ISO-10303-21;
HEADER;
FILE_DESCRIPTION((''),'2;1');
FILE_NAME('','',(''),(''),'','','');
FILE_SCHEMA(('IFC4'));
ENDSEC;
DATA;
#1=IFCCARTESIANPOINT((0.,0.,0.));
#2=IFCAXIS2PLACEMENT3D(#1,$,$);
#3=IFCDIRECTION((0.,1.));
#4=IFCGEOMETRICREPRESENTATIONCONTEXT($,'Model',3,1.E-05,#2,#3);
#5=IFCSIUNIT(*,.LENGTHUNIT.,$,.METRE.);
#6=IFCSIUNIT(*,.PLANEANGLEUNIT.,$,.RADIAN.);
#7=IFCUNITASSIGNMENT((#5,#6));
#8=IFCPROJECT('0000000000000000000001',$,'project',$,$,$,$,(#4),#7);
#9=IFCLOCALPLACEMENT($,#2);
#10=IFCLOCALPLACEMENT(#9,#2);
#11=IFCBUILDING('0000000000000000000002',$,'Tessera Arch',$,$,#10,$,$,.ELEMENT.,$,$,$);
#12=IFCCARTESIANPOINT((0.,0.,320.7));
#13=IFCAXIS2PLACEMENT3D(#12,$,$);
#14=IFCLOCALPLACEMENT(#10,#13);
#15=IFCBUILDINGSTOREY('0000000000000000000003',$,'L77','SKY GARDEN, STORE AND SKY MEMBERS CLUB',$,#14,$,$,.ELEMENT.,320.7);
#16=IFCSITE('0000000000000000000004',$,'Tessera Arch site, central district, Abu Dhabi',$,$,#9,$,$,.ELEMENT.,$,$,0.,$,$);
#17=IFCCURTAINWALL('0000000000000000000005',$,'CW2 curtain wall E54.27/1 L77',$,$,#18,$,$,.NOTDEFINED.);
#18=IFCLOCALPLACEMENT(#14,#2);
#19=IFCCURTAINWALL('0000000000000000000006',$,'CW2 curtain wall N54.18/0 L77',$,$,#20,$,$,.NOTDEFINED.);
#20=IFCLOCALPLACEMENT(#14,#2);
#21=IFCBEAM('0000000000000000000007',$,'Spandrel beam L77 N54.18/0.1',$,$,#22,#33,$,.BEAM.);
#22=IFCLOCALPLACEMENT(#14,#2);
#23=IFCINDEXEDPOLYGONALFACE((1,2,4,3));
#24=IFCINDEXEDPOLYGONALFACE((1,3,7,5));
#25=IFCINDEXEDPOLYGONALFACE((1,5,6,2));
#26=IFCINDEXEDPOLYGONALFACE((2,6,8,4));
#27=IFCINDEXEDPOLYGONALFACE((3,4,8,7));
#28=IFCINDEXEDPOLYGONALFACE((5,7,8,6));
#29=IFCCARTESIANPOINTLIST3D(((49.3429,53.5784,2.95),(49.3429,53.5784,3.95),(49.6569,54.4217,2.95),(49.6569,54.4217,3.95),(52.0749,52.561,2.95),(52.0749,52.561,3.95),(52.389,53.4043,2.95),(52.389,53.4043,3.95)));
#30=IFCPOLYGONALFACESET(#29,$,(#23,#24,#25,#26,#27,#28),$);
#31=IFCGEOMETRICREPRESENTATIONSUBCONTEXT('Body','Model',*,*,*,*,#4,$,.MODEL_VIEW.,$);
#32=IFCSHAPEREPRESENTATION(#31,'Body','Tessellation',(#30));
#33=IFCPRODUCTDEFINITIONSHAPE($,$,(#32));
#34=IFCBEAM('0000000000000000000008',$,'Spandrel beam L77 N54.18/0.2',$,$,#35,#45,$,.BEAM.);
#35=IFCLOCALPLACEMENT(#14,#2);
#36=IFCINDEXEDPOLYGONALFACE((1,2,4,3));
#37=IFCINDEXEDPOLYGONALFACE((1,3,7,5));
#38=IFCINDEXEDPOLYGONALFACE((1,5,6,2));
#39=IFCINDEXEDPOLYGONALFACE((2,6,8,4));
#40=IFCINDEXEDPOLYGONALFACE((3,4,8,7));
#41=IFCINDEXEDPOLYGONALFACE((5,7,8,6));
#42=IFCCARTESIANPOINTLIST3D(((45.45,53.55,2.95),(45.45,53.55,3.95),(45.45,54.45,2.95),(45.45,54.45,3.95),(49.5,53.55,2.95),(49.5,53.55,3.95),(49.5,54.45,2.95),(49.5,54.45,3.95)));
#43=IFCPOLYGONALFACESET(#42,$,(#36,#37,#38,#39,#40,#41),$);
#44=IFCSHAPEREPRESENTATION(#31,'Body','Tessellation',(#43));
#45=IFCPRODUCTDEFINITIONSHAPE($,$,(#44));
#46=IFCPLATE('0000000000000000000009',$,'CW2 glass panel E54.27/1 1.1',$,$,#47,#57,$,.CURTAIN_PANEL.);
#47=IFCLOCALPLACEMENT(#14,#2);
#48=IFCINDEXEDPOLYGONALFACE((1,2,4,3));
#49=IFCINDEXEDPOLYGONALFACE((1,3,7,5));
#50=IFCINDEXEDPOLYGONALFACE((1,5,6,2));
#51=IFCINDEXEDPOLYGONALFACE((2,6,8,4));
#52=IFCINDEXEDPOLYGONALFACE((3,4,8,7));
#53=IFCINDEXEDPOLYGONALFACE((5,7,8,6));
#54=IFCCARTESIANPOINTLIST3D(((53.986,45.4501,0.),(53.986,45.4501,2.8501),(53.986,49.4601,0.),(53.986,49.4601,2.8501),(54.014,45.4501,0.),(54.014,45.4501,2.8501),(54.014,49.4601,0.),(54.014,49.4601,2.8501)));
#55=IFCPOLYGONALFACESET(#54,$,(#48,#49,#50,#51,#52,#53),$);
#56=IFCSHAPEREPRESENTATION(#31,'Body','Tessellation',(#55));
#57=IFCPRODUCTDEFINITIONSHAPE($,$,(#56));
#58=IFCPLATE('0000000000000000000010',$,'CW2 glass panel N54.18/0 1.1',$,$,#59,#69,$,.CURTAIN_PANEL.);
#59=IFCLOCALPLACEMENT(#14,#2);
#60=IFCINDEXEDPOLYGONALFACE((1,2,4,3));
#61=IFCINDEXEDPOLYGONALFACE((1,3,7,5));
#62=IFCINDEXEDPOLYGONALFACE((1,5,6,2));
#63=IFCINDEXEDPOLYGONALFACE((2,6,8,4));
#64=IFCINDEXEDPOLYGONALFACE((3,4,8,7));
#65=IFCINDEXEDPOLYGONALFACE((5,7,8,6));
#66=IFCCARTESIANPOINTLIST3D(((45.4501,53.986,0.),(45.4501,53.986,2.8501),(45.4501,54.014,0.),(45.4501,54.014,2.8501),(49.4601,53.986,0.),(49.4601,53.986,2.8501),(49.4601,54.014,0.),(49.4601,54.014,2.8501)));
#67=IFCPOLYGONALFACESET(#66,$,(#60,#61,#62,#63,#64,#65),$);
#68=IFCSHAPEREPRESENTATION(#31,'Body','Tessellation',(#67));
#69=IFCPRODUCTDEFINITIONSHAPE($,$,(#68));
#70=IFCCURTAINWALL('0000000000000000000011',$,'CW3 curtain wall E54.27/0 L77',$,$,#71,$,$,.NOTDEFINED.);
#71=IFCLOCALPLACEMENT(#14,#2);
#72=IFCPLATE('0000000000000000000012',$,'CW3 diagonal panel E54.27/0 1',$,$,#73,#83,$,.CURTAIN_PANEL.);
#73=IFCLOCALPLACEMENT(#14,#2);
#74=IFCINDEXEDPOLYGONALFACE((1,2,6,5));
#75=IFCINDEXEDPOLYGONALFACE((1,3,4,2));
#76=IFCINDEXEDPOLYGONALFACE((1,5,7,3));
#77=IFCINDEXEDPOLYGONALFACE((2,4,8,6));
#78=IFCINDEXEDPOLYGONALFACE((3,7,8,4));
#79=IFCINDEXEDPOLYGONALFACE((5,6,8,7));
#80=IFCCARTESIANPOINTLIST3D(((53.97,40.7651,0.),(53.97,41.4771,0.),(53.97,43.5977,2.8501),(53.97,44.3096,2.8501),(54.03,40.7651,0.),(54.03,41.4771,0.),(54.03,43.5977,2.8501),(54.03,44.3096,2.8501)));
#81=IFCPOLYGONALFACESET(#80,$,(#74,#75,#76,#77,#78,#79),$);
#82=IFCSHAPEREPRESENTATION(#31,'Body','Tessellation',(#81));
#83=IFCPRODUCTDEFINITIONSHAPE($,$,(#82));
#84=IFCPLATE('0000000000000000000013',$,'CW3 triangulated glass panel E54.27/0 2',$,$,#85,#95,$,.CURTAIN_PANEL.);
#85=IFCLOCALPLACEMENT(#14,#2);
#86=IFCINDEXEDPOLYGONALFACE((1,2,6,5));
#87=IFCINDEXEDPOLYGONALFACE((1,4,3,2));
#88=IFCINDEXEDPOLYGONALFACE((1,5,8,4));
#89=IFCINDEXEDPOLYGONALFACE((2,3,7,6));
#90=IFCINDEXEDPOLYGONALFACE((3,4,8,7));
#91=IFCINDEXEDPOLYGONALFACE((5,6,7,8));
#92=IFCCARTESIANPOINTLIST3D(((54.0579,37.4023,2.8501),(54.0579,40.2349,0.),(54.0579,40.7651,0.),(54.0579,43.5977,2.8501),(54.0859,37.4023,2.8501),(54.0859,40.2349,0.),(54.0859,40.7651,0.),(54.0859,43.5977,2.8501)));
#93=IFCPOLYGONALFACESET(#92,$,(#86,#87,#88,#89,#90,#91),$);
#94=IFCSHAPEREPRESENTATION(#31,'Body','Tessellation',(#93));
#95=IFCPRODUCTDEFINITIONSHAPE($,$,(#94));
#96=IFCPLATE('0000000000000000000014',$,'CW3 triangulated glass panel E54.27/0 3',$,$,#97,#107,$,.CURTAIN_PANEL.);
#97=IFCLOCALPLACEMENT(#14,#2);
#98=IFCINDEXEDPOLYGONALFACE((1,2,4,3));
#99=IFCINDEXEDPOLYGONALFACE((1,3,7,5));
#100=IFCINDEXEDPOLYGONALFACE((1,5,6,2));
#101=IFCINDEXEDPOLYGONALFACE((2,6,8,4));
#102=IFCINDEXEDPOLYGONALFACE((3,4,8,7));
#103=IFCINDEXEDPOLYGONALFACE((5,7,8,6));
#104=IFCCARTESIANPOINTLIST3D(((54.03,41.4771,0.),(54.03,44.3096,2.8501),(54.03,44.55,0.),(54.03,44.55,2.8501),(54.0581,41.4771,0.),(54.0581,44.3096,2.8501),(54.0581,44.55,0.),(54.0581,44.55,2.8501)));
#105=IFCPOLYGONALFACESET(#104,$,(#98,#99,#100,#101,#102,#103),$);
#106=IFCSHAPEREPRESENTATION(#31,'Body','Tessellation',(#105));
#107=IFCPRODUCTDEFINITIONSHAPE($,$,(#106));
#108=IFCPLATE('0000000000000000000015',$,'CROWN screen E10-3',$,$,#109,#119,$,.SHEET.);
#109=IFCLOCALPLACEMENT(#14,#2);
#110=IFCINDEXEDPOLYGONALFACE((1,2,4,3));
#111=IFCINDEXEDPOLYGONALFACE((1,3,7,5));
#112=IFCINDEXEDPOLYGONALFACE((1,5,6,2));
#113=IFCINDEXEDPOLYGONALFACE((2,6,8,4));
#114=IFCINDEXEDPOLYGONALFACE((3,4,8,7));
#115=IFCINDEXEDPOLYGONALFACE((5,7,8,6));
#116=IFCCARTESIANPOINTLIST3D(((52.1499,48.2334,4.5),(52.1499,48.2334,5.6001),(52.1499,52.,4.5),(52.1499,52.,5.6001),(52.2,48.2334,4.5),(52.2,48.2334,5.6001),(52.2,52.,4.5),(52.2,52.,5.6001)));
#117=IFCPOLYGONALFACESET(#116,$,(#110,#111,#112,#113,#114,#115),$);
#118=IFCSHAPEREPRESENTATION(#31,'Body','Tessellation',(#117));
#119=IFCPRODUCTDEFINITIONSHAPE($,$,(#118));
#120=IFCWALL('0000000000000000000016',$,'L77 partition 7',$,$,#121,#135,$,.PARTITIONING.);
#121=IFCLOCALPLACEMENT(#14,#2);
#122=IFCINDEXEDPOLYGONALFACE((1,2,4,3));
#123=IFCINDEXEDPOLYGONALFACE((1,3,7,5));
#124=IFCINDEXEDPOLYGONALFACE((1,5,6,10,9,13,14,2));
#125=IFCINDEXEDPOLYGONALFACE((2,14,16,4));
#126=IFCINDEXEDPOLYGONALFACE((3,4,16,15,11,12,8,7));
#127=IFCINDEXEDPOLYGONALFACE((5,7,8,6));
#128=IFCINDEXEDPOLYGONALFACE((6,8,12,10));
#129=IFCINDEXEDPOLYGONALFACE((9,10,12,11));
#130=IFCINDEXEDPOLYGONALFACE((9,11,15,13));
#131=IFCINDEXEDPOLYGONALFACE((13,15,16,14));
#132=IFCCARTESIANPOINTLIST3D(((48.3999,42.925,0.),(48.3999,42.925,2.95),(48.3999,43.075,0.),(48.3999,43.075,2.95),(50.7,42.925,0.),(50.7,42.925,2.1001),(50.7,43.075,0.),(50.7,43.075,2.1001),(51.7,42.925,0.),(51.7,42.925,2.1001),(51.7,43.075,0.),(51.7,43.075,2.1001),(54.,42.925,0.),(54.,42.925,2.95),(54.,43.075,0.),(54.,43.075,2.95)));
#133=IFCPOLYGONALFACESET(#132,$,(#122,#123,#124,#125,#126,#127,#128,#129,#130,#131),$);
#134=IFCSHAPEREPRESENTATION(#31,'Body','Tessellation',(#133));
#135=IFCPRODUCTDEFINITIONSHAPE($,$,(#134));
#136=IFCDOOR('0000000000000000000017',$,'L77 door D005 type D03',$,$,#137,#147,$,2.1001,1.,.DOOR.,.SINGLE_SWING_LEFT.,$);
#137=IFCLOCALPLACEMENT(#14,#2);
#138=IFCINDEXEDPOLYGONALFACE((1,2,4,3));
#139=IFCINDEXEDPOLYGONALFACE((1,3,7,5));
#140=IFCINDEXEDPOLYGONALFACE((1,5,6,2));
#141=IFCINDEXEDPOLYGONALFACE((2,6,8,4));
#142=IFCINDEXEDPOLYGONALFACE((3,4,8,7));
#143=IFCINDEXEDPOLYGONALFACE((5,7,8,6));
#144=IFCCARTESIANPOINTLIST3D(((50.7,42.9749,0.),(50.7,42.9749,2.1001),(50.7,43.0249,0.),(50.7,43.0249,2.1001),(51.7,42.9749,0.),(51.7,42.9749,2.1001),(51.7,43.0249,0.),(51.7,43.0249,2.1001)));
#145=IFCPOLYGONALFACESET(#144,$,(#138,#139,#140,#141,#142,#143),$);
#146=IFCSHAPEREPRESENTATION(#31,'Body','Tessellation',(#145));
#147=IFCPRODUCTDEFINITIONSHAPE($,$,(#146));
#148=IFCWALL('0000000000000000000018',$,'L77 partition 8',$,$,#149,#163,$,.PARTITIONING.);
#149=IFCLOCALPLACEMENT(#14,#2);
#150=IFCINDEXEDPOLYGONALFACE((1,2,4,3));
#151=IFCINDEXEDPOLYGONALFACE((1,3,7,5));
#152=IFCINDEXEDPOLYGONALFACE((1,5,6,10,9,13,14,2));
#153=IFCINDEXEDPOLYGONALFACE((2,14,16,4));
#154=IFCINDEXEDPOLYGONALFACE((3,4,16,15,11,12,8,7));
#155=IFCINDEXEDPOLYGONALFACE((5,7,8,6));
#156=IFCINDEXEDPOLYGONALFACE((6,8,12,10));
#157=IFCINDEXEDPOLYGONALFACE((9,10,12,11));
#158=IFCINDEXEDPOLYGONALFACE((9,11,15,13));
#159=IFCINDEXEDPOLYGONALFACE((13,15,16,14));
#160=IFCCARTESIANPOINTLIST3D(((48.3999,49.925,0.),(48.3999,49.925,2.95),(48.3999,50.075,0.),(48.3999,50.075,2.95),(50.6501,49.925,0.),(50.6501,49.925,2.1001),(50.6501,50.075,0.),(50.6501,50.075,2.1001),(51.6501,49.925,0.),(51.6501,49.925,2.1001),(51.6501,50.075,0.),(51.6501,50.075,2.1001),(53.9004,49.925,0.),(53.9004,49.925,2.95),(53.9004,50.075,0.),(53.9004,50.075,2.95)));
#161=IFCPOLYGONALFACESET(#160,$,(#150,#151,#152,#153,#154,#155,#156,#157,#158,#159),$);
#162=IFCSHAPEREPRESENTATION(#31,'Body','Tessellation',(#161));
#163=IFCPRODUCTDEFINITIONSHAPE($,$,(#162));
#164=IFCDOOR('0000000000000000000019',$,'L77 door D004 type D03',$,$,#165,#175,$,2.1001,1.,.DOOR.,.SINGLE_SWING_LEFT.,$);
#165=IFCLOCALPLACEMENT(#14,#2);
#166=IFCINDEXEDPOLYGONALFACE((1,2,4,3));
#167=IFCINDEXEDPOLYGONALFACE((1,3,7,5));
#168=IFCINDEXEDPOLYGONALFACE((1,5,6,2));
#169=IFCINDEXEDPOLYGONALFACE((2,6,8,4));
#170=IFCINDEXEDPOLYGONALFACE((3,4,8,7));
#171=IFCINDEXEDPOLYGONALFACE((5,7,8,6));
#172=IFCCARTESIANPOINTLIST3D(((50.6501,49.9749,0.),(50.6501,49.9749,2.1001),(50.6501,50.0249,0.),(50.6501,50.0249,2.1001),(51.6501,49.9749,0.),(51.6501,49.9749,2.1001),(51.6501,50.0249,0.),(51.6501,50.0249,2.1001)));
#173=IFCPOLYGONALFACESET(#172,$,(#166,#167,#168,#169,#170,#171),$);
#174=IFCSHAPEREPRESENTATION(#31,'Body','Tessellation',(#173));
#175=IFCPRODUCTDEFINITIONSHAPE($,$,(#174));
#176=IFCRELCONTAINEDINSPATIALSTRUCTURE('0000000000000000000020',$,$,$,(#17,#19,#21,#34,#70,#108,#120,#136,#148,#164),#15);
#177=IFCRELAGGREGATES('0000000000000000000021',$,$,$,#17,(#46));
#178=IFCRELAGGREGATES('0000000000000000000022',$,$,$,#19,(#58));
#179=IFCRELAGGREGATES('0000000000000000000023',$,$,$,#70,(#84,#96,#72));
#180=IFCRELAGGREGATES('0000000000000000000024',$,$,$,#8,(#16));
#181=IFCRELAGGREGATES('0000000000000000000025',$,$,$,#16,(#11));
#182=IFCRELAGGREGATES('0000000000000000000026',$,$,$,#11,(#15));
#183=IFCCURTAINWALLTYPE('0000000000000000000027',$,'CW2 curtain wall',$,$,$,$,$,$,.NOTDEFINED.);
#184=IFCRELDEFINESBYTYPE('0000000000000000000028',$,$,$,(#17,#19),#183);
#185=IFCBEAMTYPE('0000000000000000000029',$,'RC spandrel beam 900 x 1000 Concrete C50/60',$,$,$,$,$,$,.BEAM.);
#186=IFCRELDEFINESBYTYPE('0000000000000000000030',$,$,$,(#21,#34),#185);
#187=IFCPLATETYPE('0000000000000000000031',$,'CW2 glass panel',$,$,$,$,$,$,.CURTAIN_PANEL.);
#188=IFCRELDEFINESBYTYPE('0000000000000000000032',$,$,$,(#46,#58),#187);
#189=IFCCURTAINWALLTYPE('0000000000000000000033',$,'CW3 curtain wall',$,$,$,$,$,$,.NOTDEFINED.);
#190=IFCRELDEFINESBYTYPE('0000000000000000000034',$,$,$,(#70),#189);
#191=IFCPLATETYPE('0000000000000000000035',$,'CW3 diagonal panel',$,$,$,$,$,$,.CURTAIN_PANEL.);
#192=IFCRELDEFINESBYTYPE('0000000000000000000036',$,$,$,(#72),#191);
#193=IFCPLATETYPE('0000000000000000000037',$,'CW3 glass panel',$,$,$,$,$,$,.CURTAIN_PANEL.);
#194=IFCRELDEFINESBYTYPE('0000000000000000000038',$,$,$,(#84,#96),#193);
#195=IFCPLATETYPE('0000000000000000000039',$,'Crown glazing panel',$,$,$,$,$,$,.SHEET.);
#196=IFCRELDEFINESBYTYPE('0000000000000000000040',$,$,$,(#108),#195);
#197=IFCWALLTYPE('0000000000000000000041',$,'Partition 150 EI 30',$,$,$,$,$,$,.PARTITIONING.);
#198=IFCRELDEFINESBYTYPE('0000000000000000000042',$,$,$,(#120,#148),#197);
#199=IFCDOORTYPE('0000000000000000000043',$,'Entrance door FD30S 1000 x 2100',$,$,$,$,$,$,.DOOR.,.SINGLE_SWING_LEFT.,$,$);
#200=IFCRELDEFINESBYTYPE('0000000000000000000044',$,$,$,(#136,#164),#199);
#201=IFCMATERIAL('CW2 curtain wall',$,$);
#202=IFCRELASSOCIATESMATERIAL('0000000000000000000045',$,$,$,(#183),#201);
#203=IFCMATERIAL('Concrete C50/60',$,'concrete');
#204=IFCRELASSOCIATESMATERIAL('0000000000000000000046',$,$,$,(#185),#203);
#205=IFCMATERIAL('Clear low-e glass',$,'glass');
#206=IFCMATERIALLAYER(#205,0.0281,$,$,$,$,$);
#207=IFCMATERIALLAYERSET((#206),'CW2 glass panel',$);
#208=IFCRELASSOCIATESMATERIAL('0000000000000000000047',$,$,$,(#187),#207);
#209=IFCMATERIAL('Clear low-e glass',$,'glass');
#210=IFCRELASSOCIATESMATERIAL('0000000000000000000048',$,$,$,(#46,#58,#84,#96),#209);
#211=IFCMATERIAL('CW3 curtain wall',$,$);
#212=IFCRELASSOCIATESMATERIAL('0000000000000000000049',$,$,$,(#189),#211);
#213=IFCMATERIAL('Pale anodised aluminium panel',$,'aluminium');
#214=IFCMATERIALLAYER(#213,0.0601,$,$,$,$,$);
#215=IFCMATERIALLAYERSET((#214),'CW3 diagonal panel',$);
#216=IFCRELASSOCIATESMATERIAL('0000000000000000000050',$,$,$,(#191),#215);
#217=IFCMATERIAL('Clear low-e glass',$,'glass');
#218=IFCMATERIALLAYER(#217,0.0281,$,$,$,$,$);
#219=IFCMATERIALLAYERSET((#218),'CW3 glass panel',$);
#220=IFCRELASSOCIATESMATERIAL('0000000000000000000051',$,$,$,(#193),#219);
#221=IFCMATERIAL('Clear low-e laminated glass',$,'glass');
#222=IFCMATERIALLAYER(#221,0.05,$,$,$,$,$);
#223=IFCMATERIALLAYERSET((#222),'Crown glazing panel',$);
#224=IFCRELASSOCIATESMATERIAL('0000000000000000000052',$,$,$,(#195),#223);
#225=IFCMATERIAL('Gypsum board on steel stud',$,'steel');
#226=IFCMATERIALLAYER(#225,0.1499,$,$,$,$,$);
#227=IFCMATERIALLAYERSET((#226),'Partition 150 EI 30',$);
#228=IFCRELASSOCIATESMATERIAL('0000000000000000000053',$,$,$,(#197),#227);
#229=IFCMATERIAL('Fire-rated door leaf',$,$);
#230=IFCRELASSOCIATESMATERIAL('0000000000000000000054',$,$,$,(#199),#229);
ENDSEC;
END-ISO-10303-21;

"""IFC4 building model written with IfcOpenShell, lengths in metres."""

from ifc_helpers import new_model, si_unit, direction, frame, frame_2d, origin, origin_2d, place, context, subcontext, project, spatial, polyline, rectangle, outline, extrude, material, layer, layer_set, material_profile, profile_set, type_object, element, fill, aggregate, save


model = new_model("IFC4")

# Units and contexts
model_context = context("Model", 3, precision=1e-05, world=origin(), true_north=direction((0.0, 1.0)))
body_context = subcontext(model_context, "Body", "Model", "MODEL_VIEW")
ifc_project = project(units=[si_unit("LENGTHUNIT", "METRE"), si_unit("PLANEANGLEUNIT", "RADIAN")], contexts=[model_context])

# Site, building, storey
site_placement = place(None, origin())
site = spatial("IfcSite", under=ifc_project, at=site_placement, Name="Tessera Arch site, central district, Abu Dhabi", CompositionType="ELEMENT", RefElevation=0.0)
building_placement = place(site_placement, origin())
building = spatial("IfcBuilding", under=site, at=building_placement, Name="Tessera Arch", CompositionType="ELEMENT")
storey_placement = place(building_placement, frame((0.0, 0.0, 320.7)))
storey = spatial("IfcBuildingStorey", under=building, at=storey_placement, Name="L77", Description="SKY GARDEN, STORE AND SKY MEMBERS CLUB", CompositionType="ELEMENT", Elevation=320.7)

# Curtain walls
ifc_material_1 = material(Name="CW2 curtain wall")
curtain_wall_type_1 = type_object("IfcCurtainWallType", Name="CW2 curtain wall", PredefinedType="NOTDEFINED", material=ifc_material_1)
curtain_wall_1_placement = place(storey_placement, origin())
curtain_wall_1 = element("IfcCurtainWall", 1, at=curtain_wall_1_placement, inside=storey, type_object=curtain_wall_type_1, Name="CW2 curtain wall E54.27/1 L77", PredefinedType="NOTDEFINED")
curtain_wall_2_placement = place(storey_placement, origin())
curtain_wall_2 = element("IfcCurtainWall", 2, at=curtain_wall_2_placement, inside=storey, type_object=curtain_wall_type_1, Name="CW2 curtain wall N54.18/0 L77", PredefinedType="NOTDEFINED")

# Beams
ifc_material_2 = material(Name="Concrete C50/60", Category="concrete")
ifc_material_profile_1 = material_profile(ifc_material_2, rectangle(XDim=0.8999, YDim=1.0, at=origin_2d()), Name="RC spandrel beam 900 x 1000 Concrete C50/60")
ifc_profile_set_1 = profile_set([ifc_material_profile_1], Name="Concrete C50/60")
beam_type = type_object("IfcBeamType", Name="RC spandrel beam 900 x 1000 Concrete C50/60", PredefinedType="BEAM", material=ifc_profile_set_1)
for number, where, z_axis, x_axis, name in (
    (3, (52.2319, 52.9827, 3.45), (-0.937132, 0.348975, 0.0), (-0.348975, -0.937132, 0.0), "Spandrel beam L77 N54.18/0.1"),
):
    element("IfcBeam", number, at=place(storey_placement, frame(where, z_axis=z_axis, x_axis=x_axis)), inside=storey, type_object=beam_type, Name=name, PredefinedType="BEAM", context=body_context, shape_type="SweptSolid", body=[
        extrude(rectangle(XDim=0.8999, YDim=1.0, at=origin_2d()), origin(), (0.0, 0.0, 1.0), 2.9153),
    ])
beam_1_placement = place(storey_placement, frame((49.5, 54.0, 3.45), z_axis=(-1.0, 0.0, 0.0), x_axis=(0.0, -1.0, 0.0)))
element("IfcBeam", 4, at=beam_1_placement, inside=storey, type_object=beam_type, Name="Spandrel beam L77 N54.18/0.2", PredefinedType="BEAM", context=body_context, shape_type="SweptSolid", body=[
    extrude(rectangle(XDim=0.8999, YDim=1.0, at=origin_2d()), origin(), (0.0, 0.0, 1.0), 4.05),
])

# Plates
ifc_material_3 = material(Name="Clear low-e glass", Category="glass")
ifc_material_4 = material(Name="Clear low-e glass", Category="glass")
ifc_layer_1 = layer(ifc_material_4, 0.0281)
ifc_layer_set_1 = layer_set([ifc_layer_1], Name="CW2 glass panel")
plate_type_1 = type_object("IfcPlateType", Name="CW2 glass panel", PredefinedType="CURTAIN_PANEL", material=ifc_layer_set_1)
plate_1_placement = place(storey_placement, frame((54.0, 47.4551, 0.0), z_axis=(0.0, 0.0, 1.0), x_axis=(0.0, 1.0, 0.0)))
plate_1 = element("IfcPlate", 5, at=plate_1_placement, type_object=plate_type_1, material=ifc_material_3, Name="CW2 glass panel E54.27/1 1.1", PredefinedType="CURTAIN_PANEL", context=body_context, shape_type="SweptSolid", body=[
    extrude(rectangle(XDim=4.01, YDim=0.0281, at=origin_2d()), origin(), (0.0, 0.0, 1.0), 2.8501),
])
aggregate(curtain_wall_1, [plate_1])
plate_2_placement = place(storey_placement, frame((47.4551, 54.0, 0.0), z_axis=(0.0, 0.0, 1.0), x_axis=(-1.0, 0.0, 0.0)))
plate_2 = element("IfcPlate", 6, at=plate_2_placement, type_object=plate_type_1, material=ifc_material_3, Name="CW2 glass panel N54.18/0 1.1", PredefinedType="CURTAIN_PANEL", context=body_context, shape_type="SweptSolid", body=[
    extrude(rectangle(XDim=4.01, YDim=0.0281, at=origin_2d()), origin(), (0.0, 0.0, 1.0), 2.8501),
])
aggregate(curtain_wall_2, [plate_2])

# Curtain wall, plates
ifc_material_5 = material(Name="CW3 curtain wall")
curtain_wall_type_2 = type_object("IfcCurtainWallType", Name="CW3 curtain wall", PredefinedType="NOTDEFINED", material=ifc_material_5)
curtain_wall_3_placement = place(storey_placement, origin())
curtain_wall_3 = element("IfcCurtainWall", 7, at=curtain_wall_3_placement, inside=storey, type_object=curtain_wall_type_2, Name="CW3 curtain wall E54.27/0 L77", PredefinedType="NOTDEFINED")
ifc_material_6 = material(Name="Pale anodised aluminium panel", Category="aluminium")
ifc_layer_2 = layer(ifc_material_6, 0.0601)
ifc_layer_set_2 = layer_set([ifc_layer_2], Name="CW3 diagonal panel")
plate_type_2 = type_object("IfcPlateType", Name="CW3 diagonal panel", PredefinedType="CURTAIN_PANEL", material=ifc_layer_set_2)
plate_3_placement = place(storey_placement, frame((54.03, 44.3096, 2.8501), z_axis=(1.0, 0.0, 0.0), x_axis=(0.0, -1.0, 0.0)))
plate_3 = element("IfcPlate", 8, at=plate_3_placement, type_object=plate_type_2, Name="CW3 diagonal panel E54.27/0 1", PredefinedType="CURTAIN_PANEL", context=body_context, shape_type="SweptSolid", body=[
    extrude(outline(polyline([(0.0, 0.0), (0.7119, 0.0), (3.5444, 2.8501), (2.8325, 2.8501), (0.0, 0.0)])), origin(), (0.0, 0.0, -1.0), 0.0601),
])
ifc_material_7 = material(Name="Clear low-e glass", Category="glass")
ifc_layer_3 = layer(ifc_material_7, 0.0281)
ifc_layer_set_3 = layer_set([ifc_layer_3], Name="CW3 glass panel")
plate_type_3 = type_object("IfcPlateType", Name="CW3 glass panel", PredefinedType="CURTAIN_PANEL", material=ifc_layer_set_3)
plate_4_placement = place(storey_placement, frame((54.0859, 43.5977, 2.8501), z_axis=(1.0, 0.0, 0.0), x_axis=(0.0, -1.0, 0.0)))
plate_4 = element("IfcPlate", 9, at=plate_4_placement, type_object=plate_type_3, material=ifc_material_3, Name="CW3 triangulated glass panel E54.27/0 2", PredefinedType="CURTAIN_PANEL", context=body_context, shape_type="SweptSolid", body=[
    extrude(outline(polyline([(0.0, 0.0), (6.1953, 0.0), (3.3628, 2.8501), (2.8325, 2.8501), (0.0, 0.0)])), origin(), (0.0, 0.0, -1.0), 0.0281),
])
plate_5_placement = place(storey_placement, frame((54.0581, 44.55, 2.8501), z_axis=(1.0, 0.0, 0.0), x_axis=(0.0, -1.0, 0.0)))
plate_5 = element("IfcPlate", 10, at=plate_5_placement, type_object=plate_type_3, material=ifc_material_3, Name="CW3 triangulated glass panel E54.27/0 3", PredefinedType="CURTAIN_PANEL", context=body_context, shape_type="SweptSolid", body=[
    extrude(outline(polyline([(0.0, 0.0), (0.2405, 0.0), (3.073, 2.8501), (0.0, 2.8501), (0.0, 0.0)])), origin(), (0.0, 0.0, -1.0), 0.0281),
])
aggregate(curtain_wall_3, [plate_4, plate_5, plate_3])

# Plate
ifc_material_8 = material(Name="Clear low-e laminated glass", Category="glass")
ifc_layer_4 = layer(ifc_material_8, 0.05)
ifc_layer_set_4 = layer_set([ifc_layer_4], Name="Crown glazing panel")
plate_type_4 = type_object("IfcPlateType", Name="Crown glazing panel", PredefinedType="SHEET", material=ifc_layer_set_4)
plate_6_placement = place(storey_placement, frame((52.2, 48.2334, 4.5), z_axis=(1.0, 0.0, 0.0), x_axis=(0.0, 1.0, 0.0)))
element("IfcPlate", 11, at=plate_6_placement, inside=storey, type_object=plate_type_4, Name="CROWN screen E10-3", PredefinedType="SHEET", context=body_context, shape_type="SweptSolid", body=[
    extrude(outline(polyline([(0.0, 0.0), (3.7666, 0.0), (3.7666, 1.1001), (0.0, 1.1001), (0.0, 0.0)])), origin(), (0.0, 0.0, -1.0), 0.05),
])

# Walls, openings, doors
ifc_material_9 = material(Name="Gypsum board on steel stud", Category="steel")
ifc_layer_5 = layer(ifc_material_9, 0.1499)
ifc_layer_set_5 = layer_set([ifc_layer_5], Name="Partition 150 EI 30")
wall_type_1 = type_object("IfcWallType", Name="Partition 150 EI 30", PredefinedType="PARTITIONING", material=ifc_layer_set_5)
wall_1_placement = place(storey_placement, frame((48.3999, 43.0, 0.0), z_axis=(0.0, 0.0, 1.0), x_axis=(1.0, 0.0, 0.0)))
wall_1 = element("IfcWall", 12, at=wall_1_placement, inside=storey, type_object=wall_type_1, Name="L77 partition 7", PredefinedType="PARTITIONING", context=body_context, shape_type="SweptSolid", body=[
    extrude(rectangle(XDim=5.6001, YDim=0.1499, at=frame_2d((2.8, 0.0))), origin(), (0.0, 0.0, 1.0), 2.95),
])
opening_1_placement = place(wall_1_placement, frame((2.3, 0.0, 0.0)))
opening_1 = element("IfcOpeningElement", 13, at=opening_1_placement, cuts=wall_1, PredefinedType="OPENING", context=body_context, shape_type="SweptSolid", body=[
    extrude(rectangle(XDim=1.0, YDim=2.1001, at=frame_2d((0.5, 1.05))), frame((0.0, 0.085, 0.0), z_axis=(0.0, -1.0, 0.0), x_axis=(1.0, 0.0, 0.0)), (0.0, 0.0, 1.0), 0.1699),
])
ifc_material_10 = material(Name="Fire-rated door leaf")
door_type = type_object("IfcDoorType", Name="Entrance door FD30S 1000 x 2100", OperationType="SINGLE_SWING_LEFT", PredefinedType="DOOR", material=ifc_material_10)
door_1_placement = place(opening_1_placement, origin())
door_1 = element("IfcDoor", 14, at=door_1_placement, inside=storey, type_object=door_type, Name="L77 door D005 type D03", OperationType="SINGLE_SWING_LEFT", OverallHeight=2.1001, OverallWidth=1.0, PredefinedType="DOOR", context=body_context, shape_type="SweptSolid", body=[
    extrude(rectangle(XDim=1.0, YDim=2.1001, at=frame_2d((0.5, 1.05))), frame((0.0, 0.0249, 0.0), z_axis=(0.0, -1.0, 0.0), x_axis=(1.0, 0.0, 0.0)), (0.0, 0.0, 1.0), 0.05),
])
fill(opening_1, door_1)
wall_2_placement = place(storey_placement, frame((48.3999, 50.0, 0.0), z_axis=(0.0, 0.0, 1.0), x_axis=(1.0, 0.0, 0.0)))
wall_2 = element("IfcWall", 15, at=wall_2_placement, inside=storey, type_object=wall_type_1, Name="L77 partition 8", PredefinedType="PARTITIONING", context=body_context, shape_type="SweptSolid", body=[
    extrude(rectangle(XDim=5.5005, YDim=0.1499, at=frame_2d((2.7502, 0.0))), origin(), (0.0, 0.0, 1.0), 2.95),
])
opening_2_placement = place(wall_2_placement, frame((2.2502, 0.0, 0.0)))
opening_2 = element("IfcOpeningElement", 16, at=opening_2_placement, cuts=wall_2, PredefinedType="OPENING", context=body_context, shape_type="SweptSolid", body=[
    extrude(rectangle(XDim=1.0, YDim=2.1001, at=frame_2d((0.5, 1.05))), frame((0.0, 0.085, 0.0), z_axis=(0.0, -1.0, 0.0), x_axis=(1.0, 0.0, 0.0)), (0.0, 0.0, 1.0), 0.1699),
])
door_2_placement = place(opening_2_placement, origin())
door_2 = element("IfcDoor", 17, at=door_2_placement, inside=storey, type_object=door_type, Name="L77 door D004 type D03", OperationType="SINGLE_SWING_LEFT", OverallHeight=2.1001, OverallWidth=1.0, PredefinedType="DOOR", context=body_context, shape_type="SweptSolid", body=[
    extrude(rectangle(XDim=1.0, YDim=2.1001, at=frame_2d((0.5, 1.05))), frame((0.0, 0.0249, 0.0), z_axis=(0.0, -1.0, 0.0), x_axis=(1.0, 0.0, 0.0)), (0.0, 0.0, 1.0), 0.05),
])
fill(opening_2, door_2)

save(model, "model.ifc")
